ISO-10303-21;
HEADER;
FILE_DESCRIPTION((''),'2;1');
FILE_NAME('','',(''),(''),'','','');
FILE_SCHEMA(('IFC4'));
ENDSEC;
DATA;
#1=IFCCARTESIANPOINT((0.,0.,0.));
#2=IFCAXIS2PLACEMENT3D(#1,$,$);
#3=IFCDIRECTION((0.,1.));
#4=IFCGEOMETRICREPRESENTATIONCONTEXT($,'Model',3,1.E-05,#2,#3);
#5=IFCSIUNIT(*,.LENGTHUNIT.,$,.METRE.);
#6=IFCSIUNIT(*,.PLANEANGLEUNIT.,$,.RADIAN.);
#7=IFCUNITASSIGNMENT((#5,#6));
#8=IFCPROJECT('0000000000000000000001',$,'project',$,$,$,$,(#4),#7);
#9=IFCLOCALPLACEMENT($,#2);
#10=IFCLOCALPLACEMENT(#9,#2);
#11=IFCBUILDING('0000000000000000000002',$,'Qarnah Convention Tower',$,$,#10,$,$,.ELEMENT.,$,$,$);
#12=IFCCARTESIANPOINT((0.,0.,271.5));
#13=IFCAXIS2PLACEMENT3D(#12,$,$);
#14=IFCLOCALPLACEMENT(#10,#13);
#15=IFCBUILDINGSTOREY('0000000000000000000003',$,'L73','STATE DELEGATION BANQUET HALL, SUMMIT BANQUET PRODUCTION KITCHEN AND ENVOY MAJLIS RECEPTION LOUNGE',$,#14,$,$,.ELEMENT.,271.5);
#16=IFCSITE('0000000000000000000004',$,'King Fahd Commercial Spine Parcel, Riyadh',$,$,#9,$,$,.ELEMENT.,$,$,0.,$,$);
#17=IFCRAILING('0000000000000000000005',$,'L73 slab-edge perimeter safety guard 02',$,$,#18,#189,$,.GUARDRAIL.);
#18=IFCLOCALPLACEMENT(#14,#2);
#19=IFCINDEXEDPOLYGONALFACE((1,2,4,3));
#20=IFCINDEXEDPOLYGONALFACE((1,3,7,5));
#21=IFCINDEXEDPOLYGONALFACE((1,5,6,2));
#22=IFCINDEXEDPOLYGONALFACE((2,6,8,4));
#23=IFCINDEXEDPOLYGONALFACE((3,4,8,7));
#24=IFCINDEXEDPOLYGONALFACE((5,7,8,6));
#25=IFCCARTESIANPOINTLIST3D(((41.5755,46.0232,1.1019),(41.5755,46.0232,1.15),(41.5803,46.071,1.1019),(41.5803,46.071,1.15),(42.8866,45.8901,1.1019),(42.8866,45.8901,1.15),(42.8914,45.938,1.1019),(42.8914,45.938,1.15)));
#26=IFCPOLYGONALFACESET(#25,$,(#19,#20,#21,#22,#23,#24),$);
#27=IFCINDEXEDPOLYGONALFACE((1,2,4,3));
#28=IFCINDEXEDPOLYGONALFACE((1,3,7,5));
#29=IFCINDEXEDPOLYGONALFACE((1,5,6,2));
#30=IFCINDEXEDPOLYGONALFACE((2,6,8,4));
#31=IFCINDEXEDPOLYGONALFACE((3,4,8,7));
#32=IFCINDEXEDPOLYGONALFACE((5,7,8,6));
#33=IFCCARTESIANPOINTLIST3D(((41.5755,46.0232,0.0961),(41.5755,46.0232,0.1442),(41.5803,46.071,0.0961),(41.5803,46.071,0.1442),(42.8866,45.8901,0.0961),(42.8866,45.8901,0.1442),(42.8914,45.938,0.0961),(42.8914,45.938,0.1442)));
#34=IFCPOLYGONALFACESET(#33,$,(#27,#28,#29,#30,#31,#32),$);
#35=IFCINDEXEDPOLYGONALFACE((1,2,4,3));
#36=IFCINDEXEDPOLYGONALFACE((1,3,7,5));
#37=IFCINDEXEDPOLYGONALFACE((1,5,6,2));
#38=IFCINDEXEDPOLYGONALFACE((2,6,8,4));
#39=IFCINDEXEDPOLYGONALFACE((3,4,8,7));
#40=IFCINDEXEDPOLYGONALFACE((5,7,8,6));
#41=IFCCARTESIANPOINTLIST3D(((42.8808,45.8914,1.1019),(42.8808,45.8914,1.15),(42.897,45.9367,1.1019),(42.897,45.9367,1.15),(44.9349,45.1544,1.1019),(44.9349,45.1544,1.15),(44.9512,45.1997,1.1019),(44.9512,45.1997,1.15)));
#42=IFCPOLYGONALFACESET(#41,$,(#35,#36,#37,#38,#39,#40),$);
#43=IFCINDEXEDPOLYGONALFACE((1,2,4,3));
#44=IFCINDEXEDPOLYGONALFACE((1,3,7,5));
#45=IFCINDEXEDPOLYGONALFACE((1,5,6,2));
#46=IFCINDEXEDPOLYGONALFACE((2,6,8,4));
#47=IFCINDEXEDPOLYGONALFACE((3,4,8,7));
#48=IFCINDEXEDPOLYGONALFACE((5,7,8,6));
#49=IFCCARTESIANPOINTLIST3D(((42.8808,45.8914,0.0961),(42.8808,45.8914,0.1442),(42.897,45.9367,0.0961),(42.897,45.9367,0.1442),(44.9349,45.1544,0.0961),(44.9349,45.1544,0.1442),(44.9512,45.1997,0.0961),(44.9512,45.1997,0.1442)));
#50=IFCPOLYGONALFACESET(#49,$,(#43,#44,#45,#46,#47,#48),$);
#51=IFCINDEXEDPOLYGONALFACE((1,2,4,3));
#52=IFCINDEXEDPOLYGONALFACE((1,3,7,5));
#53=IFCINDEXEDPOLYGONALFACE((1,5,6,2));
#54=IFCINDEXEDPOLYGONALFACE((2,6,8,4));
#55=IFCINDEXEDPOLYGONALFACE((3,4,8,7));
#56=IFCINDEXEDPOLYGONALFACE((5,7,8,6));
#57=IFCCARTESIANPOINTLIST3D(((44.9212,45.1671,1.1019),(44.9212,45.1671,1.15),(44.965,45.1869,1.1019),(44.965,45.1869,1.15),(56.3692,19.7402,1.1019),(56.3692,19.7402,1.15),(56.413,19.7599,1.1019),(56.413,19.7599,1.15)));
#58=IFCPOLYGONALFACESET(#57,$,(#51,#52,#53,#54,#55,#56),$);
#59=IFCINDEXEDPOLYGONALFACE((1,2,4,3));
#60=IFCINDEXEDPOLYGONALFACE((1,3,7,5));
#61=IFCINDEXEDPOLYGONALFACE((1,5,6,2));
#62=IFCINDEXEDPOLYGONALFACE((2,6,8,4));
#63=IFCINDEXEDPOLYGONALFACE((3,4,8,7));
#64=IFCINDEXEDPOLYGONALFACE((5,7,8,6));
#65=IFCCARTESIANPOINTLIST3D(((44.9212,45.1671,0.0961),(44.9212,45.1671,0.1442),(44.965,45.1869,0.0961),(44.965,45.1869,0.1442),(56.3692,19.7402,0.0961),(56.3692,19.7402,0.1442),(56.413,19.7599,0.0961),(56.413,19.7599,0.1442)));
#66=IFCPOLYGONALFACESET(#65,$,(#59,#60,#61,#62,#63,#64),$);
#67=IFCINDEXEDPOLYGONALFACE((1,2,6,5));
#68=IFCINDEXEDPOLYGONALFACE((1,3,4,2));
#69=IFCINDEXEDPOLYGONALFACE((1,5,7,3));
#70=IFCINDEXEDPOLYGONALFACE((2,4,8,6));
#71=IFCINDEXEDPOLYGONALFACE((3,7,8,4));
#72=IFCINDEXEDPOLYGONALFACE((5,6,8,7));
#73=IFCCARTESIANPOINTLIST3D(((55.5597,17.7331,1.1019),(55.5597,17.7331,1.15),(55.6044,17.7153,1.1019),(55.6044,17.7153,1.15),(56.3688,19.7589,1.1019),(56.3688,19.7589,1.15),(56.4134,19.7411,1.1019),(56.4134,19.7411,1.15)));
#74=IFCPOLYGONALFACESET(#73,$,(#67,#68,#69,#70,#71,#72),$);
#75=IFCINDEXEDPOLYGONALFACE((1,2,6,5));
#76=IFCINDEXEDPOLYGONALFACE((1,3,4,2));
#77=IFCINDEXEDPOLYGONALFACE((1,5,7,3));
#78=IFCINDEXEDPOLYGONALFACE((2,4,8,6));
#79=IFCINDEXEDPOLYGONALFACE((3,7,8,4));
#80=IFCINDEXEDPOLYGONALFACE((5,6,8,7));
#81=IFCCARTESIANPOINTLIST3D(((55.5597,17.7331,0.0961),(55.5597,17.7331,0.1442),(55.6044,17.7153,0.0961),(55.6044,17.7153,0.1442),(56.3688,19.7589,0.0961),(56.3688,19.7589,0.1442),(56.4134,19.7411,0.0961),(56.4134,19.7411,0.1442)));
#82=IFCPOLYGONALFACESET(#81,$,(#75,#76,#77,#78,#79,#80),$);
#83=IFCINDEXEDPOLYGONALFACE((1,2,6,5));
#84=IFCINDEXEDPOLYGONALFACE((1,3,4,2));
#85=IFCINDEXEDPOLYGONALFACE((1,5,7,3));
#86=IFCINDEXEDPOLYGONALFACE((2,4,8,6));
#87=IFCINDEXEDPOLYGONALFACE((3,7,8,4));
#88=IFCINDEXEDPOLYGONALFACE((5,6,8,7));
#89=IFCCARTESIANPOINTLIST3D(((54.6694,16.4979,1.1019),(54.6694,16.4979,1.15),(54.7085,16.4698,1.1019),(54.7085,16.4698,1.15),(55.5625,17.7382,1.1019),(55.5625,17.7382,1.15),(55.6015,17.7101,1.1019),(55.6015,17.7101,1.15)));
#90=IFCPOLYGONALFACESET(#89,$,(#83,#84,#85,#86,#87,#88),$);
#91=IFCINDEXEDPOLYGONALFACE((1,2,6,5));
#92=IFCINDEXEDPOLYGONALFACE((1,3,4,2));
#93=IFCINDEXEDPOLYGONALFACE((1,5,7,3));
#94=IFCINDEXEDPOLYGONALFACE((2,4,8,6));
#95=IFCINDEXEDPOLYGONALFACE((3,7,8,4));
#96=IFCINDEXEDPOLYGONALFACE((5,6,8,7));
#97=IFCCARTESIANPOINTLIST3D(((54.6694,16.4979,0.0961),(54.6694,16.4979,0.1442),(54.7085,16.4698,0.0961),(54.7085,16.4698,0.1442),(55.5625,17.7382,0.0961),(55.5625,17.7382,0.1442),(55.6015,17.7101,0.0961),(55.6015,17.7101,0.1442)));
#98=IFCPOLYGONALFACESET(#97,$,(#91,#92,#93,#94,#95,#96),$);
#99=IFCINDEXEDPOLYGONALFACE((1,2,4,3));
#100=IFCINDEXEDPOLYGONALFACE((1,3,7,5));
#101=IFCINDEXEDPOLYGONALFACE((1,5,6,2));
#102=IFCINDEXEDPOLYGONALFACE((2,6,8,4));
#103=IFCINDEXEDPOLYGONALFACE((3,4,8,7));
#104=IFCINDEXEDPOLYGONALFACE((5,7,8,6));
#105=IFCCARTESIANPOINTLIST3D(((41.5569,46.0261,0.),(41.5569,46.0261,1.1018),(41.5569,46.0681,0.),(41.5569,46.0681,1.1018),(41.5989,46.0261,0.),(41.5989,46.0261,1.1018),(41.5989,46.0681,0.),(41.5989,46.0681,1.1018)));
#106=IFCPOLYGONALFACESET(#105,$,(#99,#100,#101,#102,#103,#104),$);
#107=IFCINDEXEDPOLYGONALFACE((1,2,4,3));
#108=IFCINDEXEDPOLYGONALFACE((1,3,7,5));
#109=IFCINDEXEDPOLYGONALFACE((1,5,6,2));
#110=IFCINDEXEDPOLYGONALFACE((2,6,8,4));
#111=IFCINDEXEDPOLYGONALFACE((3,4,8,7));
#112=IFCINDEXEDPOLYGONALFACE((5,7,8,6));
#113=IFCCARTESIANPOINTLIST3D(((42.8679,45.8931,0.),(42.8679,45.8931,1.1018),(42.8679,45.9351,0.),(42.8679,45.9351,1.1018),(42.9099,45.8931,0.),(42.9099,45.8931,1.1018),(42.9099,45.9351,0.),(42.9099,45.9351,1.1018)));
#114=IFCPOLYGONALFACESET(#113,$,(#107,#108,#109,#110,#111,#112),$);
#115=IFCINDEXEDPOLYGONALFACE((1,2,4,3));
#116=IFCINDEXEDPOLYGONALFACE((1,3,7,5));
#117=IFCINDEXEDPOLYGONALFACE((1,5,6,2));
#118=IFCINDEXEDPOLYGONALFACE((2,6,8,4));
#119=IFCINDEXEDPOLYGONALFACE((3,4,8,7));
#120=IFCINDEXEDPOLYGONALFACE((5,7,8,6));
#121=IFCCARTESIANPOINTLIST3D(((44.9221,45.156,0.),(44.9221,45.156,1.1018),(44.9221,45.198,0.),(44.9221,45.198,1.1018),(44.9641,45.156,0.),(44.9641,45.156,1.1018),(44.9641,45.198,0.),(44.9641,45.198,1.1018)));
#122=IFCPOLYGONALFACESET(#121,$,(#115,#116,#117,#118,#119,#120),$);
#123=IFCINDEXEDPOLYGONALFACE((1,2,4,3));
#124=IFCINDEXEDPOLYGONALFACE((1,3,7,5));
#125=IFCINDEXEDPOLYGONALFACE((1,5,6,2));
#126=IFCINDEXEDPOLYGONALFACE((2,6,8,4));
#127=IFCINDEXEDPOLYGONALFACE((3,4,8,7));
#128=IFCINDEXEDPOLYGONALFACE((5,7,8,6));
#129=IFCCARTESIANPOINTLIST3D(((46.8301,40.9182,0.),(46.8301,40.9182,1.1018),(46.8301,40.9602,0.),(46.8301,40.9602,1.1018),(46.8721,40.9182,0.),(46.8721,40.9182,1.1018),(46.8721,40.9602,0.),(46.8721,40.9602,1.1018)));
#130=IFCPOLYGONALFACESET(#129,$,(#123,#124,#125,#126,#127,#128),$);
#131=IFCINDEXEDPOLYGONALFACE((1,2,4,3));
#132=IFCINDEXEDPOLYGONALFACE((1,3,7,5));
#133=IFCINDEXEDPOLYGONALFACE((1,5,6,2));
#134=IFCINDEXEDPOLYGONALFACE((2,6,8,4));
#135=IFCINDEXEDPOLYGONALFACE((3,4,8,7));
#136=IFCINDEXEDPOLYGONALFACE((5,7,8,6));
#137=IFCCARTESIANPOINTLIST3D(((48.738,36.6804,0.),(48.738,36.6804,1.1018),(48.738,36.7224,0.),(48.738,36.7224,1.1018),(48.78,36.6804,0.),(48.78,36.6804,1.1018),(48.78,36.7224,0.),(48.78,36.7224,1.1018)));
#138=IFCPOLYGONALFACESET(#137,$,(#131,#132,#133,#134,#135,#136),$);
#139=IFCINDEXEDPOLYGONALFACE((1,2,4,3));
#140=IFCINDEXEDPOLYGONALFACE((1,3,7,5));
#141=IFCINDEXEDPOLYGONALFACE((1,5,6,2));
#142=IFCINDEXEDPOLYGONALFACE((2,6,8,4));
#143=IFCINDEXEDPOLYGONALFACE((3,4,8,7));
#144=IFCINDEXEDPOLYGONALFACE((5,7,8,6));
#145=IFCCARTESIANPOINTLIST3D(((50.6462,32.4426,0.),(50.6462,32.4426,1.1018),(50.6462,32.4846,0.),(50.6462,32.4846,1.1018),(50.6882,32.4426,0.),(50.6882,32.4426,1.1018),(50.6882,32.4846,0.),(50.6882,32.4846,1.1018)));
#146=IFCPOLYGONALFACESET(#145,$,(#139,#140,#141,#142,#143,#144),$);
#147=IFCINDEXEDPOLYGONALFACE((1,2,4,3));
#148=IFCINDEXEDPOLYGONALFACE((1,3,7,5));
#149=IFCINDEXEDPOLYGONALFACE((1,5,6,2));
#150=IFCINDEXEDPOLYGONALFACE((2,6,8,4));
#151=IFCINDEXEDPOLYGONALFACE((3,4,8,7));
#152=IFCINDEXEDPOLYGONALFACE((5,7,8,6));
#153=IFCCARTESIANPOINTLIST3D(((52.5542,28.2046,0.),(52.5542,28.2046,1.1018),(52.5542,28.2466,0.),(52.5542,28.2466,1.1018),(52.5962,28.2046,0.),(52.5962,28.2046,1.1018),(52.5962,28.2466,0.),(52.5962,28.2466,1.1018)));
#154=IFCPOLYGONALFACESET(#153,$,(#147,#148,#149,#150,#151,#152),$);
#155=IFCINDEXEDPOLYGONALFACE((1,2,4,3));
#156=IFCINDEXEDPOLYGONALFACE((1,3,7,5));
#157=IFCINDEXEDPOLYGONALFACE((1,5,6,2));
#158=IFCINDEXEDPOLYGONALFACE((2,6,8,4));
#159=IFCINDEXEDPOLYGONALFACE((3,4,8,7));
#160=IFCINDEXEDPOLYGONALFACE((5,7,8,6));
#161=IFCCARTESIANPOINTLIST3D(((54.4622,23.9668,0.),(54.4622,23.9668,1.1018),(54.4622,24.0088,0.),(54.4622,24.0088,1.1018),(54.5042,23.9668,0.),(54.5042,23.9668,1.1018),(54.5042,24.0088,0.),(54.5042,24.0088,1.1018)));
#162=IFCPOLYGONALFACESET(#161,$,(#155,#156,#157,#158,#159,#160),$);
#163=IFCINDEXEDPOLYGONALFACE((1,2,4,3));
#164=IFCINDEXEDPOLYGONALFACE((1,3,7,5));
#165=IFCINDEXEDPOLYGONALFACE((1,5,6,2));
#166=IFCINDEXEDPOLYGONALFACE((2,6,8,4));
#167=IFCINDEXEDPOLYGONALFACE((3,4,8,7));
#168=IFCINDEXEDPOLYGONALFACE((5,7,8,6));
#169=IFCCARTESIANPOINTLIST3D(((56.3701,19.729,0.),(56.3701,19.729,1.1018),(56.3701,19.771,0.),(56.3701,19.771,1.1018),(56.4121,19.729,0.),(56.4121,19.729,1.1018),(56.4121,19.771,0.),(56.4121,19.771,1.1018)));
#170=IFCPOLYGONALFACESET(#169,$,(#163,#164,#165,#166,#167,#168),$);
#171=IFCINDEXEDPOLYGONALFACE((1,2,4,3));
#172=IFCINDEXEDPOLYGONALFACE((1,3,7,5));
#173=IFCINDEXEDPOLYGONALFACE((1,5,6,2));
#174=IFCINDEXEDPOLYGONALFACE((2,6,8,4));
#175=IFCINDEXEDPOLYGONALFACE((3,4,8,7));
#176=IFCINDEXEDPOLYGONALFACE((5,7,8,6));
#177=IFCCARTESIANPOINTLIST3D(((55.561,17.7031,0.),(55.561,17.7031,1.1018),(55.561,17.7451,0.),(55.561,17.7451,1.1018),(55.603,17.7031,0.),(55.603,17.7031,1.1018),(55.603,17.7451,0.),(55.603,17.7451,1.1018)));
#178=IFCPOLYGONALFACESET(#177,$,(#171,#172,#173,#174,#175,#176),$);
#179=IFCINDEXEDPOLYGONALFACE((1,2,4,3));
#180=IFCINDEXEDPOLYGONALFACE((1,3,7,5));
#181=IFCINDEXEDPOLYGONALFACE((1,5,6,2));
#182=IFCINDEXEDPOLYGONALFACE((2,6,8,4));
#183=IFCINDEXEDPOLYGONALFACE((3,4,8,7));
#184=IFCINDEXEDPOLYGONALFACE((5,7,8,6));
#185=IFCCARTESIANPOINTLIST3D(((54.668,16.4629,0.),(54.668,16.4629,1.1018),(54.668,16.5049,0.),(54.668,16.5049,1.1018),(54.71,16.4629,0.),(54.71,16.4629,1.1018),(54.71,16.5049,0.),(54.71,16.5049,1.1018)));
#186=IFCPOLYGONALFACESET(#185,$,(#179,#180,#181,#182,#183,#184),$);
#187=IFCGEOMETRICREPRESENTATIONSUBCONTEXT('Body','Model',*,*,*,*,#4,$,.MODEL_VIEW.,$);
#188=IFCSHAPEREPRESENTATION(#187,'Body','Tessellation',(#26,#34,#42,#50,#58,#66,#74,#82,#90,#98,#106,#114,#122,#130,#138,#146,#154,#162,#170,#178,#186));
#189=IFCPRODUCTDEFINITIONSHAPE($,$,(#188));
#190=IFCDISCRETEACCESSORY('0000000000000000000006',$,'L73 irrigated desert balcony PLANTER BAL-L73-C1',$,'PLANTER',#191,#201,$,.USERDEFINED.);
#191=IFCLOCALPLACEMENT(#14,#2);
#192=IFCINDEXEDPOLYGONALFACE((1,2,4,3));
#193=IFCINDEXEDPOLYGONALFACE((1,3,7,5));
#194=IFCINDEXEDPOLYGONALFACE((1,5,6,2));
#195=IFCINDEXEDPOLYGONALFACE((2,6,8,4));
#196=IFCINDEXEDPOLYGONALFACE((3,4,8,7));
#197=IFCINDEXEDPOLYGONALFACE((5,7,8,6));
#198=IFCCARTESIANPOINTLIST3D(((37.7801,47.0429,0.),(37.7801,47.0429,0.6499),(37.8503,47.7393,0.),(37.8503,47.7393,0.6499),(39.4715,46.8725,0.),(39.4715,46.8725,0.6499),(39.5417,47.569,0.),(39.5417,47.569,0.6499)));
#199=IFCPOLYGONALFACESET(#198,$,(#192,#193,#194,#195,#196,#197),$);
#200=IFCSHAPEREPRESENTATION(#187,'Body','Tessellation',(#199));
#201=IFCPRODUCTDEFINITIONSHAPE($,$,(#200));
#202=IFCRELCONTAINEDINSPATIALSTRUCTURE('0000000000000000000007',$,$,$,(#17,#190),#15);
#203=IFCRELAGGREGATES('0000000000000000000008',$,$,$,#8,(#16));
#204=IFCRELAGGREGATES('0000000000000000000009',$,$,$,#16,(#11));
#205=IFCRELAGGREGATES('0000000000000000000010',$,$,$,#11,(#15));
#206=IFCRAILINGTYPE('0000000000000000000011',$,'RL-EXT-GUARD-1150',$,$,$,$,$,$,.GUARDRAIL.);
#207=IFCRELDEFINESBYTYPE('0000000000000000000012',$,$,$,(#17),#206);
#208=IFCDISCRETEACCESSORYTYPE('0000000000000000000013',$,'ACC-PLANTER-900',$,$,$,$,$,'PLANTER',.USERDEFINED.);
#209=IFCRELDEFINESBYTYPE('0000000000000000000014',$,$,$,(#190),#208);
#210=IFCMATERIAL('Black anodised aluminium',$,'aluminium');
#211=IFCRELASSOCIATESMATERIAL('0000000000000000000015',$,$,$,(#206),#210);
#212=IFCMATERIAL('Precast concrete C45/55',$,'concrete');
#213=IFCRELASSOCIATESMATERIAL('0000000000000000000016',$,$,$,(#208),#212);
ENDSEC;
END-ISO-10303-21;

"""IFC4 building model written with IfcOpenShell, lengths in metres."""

from ifc_helpers import new_model, si_unit, direction, frame, origin, origin_2d, place, context, subcontext, project, spatial, rectangle, extrude, material, type_object, element, save


model = new_model("IFC4")

# Units and contexts
model_context = context("Model", 3, precision=1e-05, world=origin(), true_north=direction((0.0, 1.0)))
body_context = subcontext(model_context, "Body", "Model", "MODEL_VIEW")
ifc_project = project(units=[si_unit("LENGTHUNIT", "METRE"), si_unit("PLANEANGLEUNIT", "RADIAN")], contexts=[model_context])

# Site, building, storey
site_placement = place(None, origin())
site = spatial("IfcSite", under=ifc_project, at=site_placement, Name="King Fahd Commercial Spine Parcel, Riyadh", CompositionType="ELEMENT", RefElevation=0.0)
building_placement = place(site_placement, origin())
building = spatial("IfcBuilding", under=site, at=building_placement, Name="Qarnah Convention Tower", CompositionType="ELEMENT")
storey_placement = place(building_placement, frame((0.0, 0.0, 271.5)))
storey = spatial("IfcBuildingStorey", under=building, at=storey_placement, Name="L73", Description="STATE DELEGATION BANQUET HALL, SUMMIT BANQUET PRODUCTION KITCHEN AND ENVOY MAJLIS RECEPTION LOUNGE", CompositionType="ELEMENT", Elevation=271.5)

# Shared definitions
ifc_material_1 = material(Name="Black anodised aluminium", Category="aluminium")

# Railing
railing_type = type_object("IfcRailingType", Name="RL-EXT-GUARD-1150", PredefinedType="GUARDRAIL", material=ifc_material_1)
railing_placement = place(storey_placement, frame((41.5779, 46.0471, 0.0)))
element("IfcRailing", 1, at=railing_placement, inside=storey, type_object=railing_type, Name="L73 slab-edge perimeter safety guard 02", PredefinedType="GUARDRAIL", context=body_context, shape_type="SweptSolid", body=[
    extrude(rectangle(XDim=0.0481, YDim=0.0481, at=origin_2d()), frame((0.0, 0.0, 1.126), z_axis=(0.994889, -0.100971, 0.0), x_axis=(0.100971, 0.994889, 0.0)), (0.0, 0.0, 1.0), 1.3179),
    extrude(rectangle(XDim=0.0481, YDim=0.0481, at=origin_2d()), frame((0.0, 0.0, 0.1201), z_axis=(0.994889, -0.100971, 0.0), x_axis=(0.100971, 0.994889, 0.0)), (0.0, 0.0, 1.0), 1.3179),
    extrude(rectangle(XDim=0.0481, YDim=0.0481, at=origin_2d()), frame((1.311, -0.1331, 1.126), z_axis=(0.941245, -0.337725, 0.0), x_axis=(0.337725, 0.941245, 0.0)), (0.0, 0.0, 1.0), 2.1824),
    extrude(rectangle(XDim=0.0481, YDim=0.0481, at=origin_2d()), frame((1.311, -0.1331, 0.1201), z_axis=(0.941245, -0.337725, 0.0), x_axis=(0.337725, 0.941245, 0.0)), (0.0, 0.0, 1.0), 2.1824),
    extrude(rectangle(XDim=0.0481, YDim=0.0481, at=origin_2d()), frame((3.3652, -0.8701, 1.126), z_axis=(0.410539, -0.911843, 0.0), x_axis=(0.911843, 0.410539, 0.0)), (0.0, 0.0, 1.0), 27.8853),
    extrude(rectangle(XDim=0.0481, YDim=0.0481, at=origin_2d()), frame((3.3652, -0.8701, 0.1201), z_axis=(0.410539, -0.911843, 0.0), x_axis=(0.911843, 0.410539, 0.0)), (0.0, 0.0, 1.0), 27.8853),
    extrude(rectangle(XDim=0.0481, YDim=0.0481, at=origin_2d()), frame((14.8132, -26.2971, 1.126), z_axis=(-0.370889, -0.928677, 0.0), x_axis=(0.928677, -0.370889, 0.0)), (0.0, 0.0, 1.0), 2.1814),
    extrude(rectangle(XDim=0.0481, YDim=0.0481, at=origin_2d()), frame((14.8132, -26.2971, 0.1201), z_axis=(-0.370889, -0.928677, 0.0), x_axis=(0.928677, -0.370889, 0.0)), (0.0, 0.0, 1.0), 2.1814),
    extrude(rectangle(XDim=0.0481, YDim=0.0481, at=origin_2d()), frame((14.0042, -28.323, 1.126), z_axis=(-0.584347, -0.811504, 0.0), x_axis=(0.811504, -0.584347, 0.0)), (0.0, 0.0, 1.0), 1.5283),
    extrude(rectangle(XDim=0.0481, YDim=0.0481, at=origin_2d()), frame((14.0042, -28.323, 0.1201), z_axis=(-0.584347, -0.811504, 0.0), x_axis=(0.811504, -0.584347, 0.0)), (0.0, 0.0, 1.0), 1.5283),
    extrude(rectangle(XDim=0.042, YDim=0.042, at=origin_2d()), origin(), (0.0, 0.0, 1.0), 1.1018),
    extrude(rectangle(XDim=0.042, YDim=0.042, at=origin_2d()), frame((1.311, -0.1331, 0.0)), (0.0, 0.0, 1.0), 1.1018),
    extrude(rectangle(XDim=0.042, YDim=0.042, at=origin_2d()), frame((3.3652, -0.8701, 0.0)), (0.0, 0.0, 1.0), 1.1018),
    extrude(rectangle(XDim=0.042, YDim=0.042, at=origin_2d()), frame((5.2732, -5.1079, 0.0)), (0.0, 0.0, 1.0), 1.1018),
    extrude(rectangle(XDim=0.042, YDim=0.042, at=origin_2d()), frame((7.1812, -9.3457, 0.0)), (0.0, 0.0, 1.0), 1.1018),
    extrude(rectangle(XDim=0.042, YDim=0.042, at=origin_2d()), frame((9.0894, -13.5835, 0.0)), (0.0, 0.0, 1.0), 1.1018),
    extrude(rectangle(XDim=0.042, YDim=0.042, at=origin_2d()), frame((10.9973, -17.8215, 0.0)), (0.0, 0.0, 1.0), 1.1018),
    extrude(rectangle(XDim=0.042, YDim=0.042, at=origin_2d()), frame((12.9053, -22.0593, 0.0)), (0.0, 0.0, 1.0), 1.1018),
    extrude(rectangle(XDim=0.042, YDim=0.042, at=origin_2d()), frame((14.8132, -26.2971, 0.0)), (0.0, 0.0, 1.0), 1.1018),
    extrude(rectangle(XDim=0.042, YDim=0.042, at=origin_2d()), frame((14.0042, -28.323, 0.0)), (0.0, 0.0, 1.0), 1.1018),
    extrude(rectangle(XDim=0.042, YDim=0.042, at=origin_2d()), frame((13.1111, -29.5632, 0.0)), (0.0, 0.0, 1.0), 1.1018),
])

# Discrete accessory
ifc_material_2 = material(Name="Precast concrete C45/55", Category="concrete")
discrete_accessory_type = type_object("IfcDiscreteAccessoryType", Name="ACC-PLANTER-900", ElementType="PLANTER", PredefinedType="USERDEFINED", material=ifc_material_2)
discrete_accessory_placement = place(storey_placement, frame((38.6609, 47.3059, 0.0), z_axis=(0.0, 0.0, 1.0), x_axis=(-0.994969, 0.100188, 0.0)))
element("IfcDiscreteAccessory", 2, at=discrete_accessory_placement, inside=storey, type_object=discrete_accessory_type, Name="L73 irrigated desert balcony PLANTER BAL-L73-C1", ObjectType="PLANTER", PredefinedType="USERDEFINED", context=body_context, shape_type="SweptSolid", body=[
    extrude(rectangle(XDim=1.7, YDim=0.7, at=origin_2d()), origin(), (0.0, 0.0, 1.0), 0.6499),
])

save(model, "model.ifc")
